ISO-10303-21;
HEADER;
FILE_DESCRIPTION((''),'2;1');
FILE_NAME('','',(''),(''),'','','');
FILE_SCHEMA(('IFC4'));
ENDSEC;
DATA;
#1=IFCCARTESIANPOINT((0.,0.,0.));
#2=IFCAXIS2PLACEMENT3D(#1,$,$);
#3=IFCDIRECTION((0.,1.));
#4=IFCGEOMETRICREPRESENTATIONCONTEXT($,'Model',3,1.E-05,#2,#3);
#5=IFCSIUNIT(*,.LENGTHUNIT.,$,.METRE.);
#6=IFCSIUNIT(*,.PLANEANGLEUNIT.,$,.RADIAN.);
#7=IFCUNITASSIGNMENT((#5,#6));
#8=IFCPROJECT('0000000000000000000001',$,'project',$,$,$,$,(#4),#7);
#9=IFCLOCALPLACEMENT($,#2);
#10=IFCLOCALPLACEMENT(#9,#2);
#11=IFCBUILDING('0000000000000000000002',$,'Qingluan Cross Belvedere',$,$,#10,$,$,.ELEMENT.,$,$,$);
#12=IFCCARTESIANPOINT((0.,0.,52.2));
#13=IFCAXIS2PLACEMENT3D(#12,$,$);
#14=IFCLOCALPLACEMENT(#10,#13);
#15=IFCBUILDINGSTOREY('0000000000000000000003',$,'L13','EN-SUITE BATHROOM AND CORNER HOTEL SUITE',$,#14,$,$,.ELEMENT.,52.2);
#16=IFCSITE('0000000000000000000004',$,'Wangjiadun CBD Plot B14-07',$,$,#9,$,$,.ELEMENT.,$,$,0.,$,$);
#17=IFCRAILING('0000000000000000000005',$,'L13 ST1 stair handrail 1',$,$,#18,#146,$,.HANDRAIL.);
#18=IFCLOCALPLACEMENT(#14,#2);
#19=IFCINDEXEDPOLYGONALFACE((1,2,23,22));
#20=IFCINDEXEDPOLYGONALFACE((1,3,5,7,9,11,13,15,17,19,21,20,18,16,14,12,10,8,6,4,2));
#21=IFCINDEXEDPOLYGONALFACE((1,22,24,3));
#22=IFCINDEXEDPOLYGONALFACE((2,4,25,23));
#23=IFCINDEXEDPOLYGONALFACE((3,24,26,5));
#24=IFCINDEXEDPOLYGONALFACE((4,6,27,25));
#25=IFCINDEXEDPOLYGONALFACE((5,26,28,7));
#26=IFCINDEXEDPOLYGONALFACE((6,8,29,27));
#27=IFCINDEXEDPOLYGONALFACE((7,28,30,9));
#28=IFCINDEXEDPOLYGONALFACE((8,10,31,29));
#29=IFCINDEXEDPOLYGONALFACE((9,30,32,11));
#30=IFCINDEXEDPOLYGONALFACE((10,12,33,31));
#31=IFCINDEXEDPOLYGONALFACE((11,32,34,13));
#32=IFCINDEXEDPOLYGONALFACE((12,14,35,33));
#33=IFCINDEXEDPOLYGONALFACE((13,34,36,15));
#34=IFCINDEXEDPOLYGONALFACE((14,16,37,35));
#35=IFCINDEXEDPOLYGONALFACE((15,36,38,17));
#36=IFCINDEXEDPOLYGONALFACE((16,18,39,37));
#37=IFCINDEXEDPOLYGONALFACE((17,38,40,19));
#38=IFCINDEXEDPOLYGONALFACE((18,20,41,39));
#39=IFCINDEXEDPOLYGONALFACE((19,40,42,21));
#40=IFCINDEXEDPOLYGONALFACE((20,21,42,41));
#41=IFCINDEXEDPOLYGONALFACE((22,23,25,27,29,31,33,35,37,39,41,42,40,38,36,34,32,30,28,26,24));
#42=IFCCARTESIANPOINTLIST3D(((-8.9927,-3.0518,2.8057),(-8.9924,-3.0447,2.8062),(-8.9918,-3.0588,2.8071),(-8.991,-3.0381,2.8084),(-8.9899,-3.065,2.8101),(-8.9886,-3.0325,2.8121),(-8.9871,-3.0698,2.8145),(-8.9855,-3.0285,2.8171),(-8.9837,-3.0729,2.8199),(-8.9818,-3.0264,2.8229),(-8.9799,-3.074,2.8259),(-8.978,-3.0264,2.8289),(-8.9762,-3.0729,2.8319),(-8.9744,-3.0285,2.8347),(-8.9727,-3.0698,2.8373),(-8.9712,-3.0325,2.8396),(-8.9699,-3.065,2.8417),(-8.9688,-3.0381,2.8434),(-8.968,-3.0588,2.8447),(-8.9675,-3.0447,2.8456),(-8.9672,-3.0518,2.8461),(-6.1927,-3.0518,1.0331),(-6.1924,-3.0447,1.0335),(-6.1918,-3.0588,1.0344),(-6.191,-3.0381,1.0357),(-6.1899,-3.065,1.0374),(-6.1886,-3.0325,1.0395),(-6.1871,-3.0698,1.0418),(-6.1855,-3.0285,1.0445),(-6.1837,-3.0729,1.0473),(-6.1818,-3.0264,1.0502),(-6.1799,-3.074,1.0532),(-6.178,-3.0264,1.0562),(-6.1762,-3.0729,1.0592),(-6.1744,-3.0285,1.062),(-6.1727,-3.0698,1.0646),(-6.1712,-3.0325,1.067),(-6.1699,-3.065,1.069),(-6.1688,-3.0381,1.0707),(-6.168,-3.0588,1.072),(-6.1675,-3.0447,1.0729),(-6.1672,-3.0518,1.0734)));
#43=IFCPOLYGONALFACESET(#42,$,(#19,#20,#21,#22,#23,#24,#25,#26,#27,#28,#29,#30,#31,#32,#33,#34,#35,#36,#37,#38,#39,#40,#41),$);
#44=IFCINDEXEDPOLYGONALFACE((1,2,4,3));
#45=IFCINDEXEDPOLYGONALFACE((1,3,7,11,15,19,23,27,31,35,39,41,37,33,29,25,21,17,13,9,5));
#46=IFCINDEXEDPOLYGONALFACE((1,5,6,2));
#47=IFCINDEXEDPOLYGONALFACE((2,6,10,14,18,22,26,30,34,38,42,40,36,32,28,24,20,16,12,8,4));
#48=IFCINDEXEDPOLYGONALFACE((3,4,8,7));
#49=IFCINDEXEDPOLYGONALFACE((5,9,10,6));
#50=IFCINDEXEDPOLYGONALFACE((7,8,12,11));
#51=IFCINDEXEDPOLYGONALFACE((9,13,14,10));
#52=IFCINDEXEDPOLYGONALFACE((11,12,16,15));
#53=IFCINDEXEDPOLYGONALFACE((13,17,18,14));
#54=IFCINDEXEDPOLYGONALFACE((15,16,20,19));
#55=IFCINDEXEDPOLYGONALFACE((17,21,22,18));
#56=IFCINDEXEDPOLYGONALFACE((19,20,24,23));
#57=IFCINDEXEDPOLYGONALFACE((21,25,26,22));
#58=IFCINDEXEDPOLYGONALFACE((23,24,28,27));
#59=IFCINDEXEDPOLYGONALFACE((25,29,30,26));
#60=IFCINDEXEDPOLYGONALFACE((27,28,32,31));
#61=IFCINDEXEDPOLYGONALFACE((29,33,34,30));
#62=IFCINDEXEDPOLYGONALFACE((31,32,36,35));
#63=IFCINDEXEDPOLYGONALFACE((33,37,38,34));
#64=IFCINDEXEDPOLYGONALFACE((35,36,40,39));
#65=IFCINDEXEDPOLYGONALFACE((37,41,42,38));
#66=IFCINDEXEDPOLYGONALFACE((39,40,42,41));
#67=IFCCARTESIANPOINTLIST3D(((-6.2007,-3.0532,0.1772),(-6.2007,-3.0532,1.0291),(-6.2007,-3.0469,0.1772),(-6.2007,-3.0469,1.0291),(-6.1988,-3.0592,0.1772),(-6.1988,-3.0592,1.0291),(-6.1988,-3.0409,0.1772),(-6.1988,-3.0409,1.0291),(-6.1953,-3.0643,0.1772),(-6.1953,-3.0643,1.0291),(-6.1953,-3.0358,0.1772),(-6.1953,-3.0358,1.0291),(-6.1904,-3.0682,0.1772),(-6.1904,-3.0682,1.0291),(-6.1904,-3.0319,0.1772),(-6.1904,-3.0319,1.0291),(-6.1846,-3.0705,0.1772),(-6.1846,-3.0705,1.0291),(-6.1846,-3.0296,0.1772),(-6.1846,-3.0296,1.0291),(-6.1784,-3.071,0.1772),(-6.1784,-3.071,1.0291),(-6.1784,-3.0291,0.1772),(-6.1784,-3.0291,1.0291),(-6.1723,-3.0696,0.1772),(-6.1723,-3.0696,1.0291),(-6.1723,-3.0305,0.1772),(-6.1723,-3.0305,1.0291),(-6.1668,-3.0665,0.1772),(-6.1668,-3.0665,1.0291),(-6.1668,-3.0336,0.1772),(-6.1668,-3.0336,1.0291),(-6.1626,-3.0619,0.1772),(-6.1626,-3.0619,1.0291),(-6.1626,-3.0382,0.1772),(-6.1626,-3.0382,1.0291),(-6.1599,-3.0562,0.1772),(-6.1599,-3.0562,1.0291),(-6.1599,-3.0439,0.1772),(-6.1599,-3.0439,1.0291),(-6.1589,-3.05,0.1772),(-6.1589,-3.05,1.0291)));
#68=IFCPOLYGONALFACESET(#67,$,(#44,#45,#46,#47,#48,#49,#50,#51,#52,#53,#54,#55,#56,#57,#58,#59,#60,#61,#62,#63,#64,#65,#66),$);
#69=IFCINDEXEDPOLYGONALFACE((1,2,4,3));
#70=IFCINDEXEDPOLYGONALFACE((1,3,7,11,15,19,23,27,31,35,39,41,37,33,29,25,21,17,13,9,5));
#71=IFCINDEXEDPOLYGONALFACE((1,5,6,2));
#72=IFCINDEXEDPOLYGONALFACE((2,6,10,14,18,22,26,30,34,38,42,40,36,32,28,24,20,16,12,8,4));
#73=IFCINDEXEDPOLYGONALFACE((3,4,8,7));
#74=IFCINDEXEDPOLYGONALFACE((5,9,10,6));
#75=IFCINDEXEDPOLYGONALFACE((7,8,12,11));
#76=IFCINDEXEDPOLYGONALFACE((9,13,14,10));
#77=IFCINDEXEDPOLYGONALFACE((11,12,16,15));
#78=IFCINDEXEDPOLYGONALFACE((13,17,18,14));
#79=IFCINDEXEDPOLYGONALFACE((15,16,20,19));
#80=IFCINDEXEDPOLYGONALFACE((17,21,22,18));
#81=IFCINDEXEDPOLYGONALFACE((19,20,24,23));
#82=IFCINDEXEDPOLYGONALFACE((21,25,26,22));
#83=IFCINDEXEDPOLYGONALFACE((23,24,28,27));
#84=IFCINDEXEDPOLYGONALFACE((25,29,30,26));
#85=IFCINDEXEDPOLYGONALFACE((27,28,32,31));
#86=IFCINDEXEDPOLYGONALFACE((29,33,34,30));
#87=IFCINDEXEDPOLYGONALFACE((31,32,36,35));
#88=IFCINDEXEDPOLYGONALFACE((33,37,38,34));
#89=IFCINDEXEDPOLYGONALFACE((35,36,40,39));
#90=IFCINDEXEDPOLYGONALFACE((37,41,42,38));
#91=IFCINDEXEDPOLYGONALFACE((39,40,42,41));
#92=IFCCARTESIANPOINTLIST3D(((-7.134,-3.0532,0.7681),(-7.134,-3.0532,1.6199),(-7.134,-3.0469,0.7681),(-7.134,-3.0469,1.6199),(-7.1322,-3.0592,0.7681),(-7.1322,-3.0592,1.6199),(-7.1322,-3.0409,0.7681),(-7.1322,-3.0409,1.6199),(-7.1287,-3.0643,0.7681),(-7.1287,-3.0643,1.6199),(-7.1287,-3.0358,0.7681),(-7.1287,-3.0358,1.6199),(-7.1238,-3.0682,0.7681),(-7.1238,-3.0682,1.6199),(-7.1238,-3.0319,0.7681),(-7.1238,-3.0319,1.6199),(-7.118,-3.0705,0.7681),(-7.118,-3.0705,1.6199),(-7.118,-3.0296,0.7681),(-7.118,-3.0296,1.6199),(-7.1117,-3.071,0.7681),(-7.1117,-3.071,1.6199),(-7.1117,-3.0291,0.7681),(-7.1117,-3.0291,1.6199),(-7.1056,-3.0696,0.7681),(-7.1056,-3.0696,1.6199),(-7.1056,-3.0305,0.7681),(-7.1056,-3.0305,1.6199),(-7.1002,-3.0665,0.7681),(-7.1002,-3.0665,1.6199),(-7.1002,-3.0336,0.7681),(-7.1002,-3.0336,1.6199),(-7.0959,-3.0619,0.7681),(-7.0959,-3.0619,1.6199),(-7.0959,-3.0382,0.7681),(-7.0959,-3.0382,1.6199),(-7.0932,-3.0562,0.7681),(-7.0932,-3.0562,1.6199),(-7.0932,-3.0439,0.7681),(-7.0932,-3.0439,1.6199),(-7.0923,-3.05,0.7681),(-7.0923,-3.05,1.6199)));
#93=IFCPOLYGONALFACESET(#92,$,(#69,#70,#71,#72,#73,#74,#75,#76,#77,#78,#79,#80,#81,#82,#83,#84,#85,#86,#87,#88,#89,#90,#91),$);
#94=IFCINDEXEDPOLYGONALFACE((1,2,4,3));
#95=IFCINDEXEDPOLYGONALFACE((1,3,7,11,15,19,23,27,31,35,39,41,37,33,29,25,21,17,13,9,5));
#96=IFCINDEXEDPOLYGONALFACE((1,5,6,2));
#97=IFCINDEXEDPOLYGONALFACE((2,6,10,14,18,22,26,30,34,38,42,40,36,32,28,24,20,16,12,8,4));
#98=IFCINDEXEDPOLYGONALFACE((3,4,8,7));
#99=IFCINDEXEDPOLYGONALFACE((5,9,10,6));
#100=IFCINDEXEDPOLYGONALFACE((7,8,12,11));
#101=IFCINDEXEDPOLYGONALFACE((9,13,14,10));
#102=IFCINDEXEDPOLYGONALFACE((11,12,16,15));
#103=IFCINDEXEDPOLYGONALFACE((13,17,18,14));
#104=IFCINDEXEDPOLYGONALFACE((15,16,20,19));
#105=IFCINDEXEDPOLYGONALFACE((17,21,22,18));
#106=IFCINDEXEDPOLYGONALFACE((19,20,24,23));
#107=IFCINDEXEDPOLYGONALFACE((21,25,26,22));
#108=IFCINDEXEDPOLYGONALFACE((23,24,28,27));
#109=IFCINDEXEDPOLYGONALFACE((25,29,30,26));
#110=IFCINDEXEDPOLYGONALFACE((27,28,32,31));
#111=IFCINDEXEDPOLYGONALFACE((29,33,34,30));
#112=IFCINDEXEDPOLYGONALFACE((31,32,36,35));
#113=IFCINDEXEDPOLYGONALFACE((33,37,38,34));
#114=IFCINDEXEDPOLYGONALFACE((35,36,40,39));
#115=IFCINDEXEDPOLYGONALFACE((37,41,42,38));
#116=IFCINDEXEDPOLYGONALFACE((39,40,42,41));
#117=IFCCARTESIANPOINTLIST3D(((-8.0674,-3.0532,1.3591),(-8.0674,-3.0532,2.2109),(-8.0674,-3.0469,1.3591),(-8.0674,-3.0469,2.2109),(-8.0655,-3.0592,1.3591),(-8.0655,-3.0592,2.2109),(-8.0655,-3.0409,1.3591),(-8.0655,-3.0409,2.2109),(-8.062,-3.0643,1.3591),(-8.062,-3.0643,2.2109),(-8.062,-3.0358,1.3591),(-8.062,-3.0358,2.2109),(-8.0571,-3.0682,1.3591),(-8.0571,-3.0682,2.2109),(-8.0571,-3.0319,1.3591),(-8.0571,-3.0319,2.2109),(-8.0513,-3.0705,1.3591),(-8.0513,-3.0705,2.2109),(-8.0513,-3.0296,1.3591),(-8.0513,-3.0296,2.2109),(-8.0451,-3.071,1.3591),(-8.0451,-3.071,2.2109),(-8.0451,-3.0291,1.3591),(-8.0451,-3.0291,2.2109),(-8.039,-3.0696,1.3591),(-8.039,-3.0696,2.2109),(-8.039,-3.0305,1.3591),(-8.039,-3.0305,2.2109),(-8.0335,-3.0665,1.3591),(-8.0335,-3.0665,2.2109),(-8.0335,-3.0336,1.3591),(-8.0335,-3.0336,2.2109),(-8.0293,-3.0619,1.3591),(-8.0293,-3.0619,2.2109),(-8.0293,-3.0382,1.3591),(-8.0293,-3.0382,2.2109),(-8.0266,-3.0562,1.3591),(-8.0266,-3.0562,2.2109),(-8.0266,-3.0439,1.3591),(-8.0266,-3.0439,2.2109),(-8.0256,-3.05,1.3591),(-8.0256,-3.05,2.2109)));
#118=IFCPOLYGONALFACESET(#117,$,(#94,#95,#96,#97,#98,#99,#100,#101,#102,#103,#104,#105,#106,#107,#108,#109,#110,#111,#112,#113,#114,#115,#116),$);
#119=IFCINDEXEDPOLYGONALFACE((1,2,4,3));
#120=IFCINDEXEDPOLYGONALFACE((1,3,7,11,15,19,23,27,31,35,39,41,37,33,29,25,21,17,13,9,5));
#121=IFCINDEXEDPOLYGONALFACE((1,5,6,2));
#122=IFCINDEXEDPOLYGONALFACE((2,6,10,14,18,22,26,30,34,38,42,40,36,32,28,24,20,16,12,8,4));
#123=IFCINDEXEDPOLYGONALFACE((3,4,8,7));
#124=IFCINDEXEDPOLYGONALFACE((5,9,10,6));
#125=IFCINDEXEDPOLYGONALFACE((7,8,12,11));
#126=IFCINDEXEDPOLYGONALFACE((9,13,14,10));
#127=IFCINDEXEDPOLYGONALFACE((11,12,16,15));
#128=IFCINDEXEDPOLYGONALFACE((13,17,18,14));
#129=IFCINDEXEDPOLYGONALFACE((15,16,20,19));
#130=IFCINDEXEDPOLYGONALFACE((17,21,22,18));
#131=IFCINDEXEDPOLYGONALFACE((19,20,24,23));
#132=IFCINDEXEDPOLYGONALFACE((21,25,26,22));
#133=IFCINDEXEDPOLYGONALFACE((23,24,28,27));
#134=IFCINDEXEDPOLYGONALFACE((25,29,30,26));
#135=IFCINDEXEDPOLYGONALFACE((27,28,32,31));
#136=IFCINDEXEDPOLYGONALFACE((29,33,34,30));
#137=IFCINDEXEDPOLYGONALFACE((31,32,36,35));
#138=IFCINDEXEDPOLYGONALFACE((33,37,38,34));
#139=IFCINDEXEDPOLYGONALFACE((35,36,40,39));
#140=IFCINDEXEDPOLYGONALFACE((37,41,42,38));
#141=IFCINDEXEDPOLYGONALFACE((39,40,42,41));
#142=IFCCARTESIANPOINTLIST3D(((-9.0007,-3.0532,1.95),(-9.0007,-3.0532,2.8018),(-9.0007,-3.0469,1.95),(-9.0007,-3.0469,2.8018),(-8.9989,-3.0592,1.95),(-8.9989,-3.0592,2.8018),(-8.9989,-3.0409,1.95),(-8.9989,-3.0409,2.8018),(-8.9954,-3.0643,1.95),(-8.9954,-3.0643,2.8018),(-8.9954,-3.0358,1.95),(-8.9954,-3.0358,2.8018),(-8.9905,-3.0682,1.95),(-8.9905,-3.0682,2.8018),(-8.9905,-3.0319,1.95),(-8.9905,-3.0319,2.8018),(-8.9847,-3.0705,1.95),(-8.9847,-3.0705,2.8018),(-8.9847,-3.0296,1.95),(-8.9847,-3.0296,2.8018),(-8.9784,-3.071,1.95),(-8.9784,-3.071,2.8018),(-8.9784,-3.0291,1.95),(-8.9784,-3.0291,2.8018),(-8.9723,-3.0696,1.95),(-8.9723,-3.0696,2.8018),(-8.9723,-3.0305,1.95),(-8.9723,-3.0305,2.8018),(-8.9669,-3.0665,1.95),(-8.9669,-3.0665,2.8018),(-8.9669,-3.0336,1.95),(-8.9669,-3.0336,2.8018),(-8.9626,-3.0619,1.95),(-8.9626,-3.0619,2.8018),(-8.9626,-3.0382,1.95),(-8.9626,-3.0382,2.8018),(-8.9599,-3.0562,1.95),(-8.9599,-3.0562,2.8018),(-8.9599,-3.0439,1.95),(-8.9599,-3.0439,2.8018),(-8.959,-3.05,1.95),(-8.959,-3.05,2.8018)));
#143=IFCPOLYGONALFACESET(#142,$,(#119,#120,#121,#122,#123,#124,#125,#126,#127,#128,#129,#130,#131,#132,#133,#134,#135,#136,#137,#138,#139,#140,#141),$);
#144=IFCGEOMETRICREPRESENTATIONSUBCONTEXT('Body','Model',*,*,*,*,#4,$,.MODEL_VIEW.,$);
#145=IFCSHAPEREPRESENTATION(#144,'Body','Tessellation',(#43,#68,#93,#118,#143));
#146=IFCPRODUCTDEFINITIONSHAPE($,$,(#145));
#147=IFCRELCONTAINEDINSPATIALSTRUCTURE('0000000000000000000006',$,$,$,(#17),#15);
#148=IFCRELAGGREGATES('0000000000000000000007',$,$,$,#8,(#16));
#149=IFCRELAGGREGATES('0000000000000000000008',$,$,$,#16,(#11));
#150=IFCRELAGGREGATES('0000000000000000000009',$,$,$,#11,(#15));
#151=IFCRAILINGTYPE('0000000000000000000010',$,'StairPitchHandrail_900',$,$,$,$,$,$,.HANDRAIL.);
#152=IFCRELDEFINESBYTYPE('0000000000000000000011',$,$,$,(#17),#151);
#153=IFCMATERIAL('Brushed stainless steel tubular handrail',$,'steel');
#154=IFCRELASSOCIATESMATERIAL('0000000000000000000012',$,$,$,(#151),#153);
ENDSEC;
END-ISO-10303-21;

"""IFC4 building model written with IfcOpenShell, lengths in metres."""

from ifc_helpers import new_model, si_unit, direction, frame, origin, origin_2d, place, context, subcontext, project, spatial, circle, extrude, material, type_object, element, save


model = new_model("IFC4")

# Units and contexts
model_context = context("Model", 3, precision=1e-05, world=origin(), true_north=direction((0.0, 1.0)))
body_context = subcontext(model_context, "Body", "Model", "MODEL_VIEW")
ifc_project = project(units=[si_unit("LENGTHUNIT", "METRE"), si_unit("PLANEANGLEUNIT", "RADIAN")], contexts=[model_context])

# Site, building, storey
site_placement = place(None, origin())
site = spatial("IfcSite", under=ifc_project, at=site_placement, Name="Wangjiadun CBD Plot B14-07", CompositionType="ELEMENT", RefElevation=0.0)
building_placement = place(site_placement, origin())
building = spatial("IfcBuilding", under=site, at=building_placement, Name="Qingluan Cross Belvedere", CompositionType="ELEMENT")
storey_placement = place(building_placement, frame((0.0, 0.0, 52.2)))
storey = spatial("IfcBuildingStorey", under=building, at=storey_placement, Name="L13", Description="EN-SUITE BATHROOM AND CORNER HOTEL SUITE", CompositionType="ELEMENT", Elevation=52.2)

# Railing
ifc_material_1 = material(Name="Brushed stainless steel tubular handrail", Category="steel")
railing_type_1 = type_object("IfcRailingType", Name="StairPitchHandrail_900", PredefinedType="HANDRAIL", material=ifc_material_1)
railing_1_placement = place(storey_placement, frame((-6.1799, -3.05, 0.1772)))
element("IfcRailing", 1, at=railing_1_placement, inside=storey, type_object=railing_type_1, Name="L13 ST1 stair handrail 1", PredefinedType="HANDRAIL", context=body_context, shape_type="SweptSolid", body=[
    extrude(circle(Radius=0.0239, at=origin_2d()), frame((0.0, 0.0, 0.876), z_axis=(-0.844909, 0.0, 0.53491), x_axis=(0.0, -1.0, 0.0)), (0.0, 0.0, 1.0), 3.314),
    extrude(circle(Radius=0.021, at=origin_2d()), origin(), (0.0, 0.0, 1.0), 0.8518),
    extrude(circle(Radius=0.021, at=origin_2d()), frame((-0.9333, 0.0, 0.5908)), (0.0, 0.0, 1.0), 0.8518),
    extrude(circle(Radius=0.021, at=origin_2d()), frame((-1.8667, 0.0, 1.1819)), (0.0, 0.0, 1.0), 0.8518),
    extrude(circle(Radius=0.021, at=origin_2d()), frame((-2.8, 0.0, 1.7727)), (0.0, 0.0, 1.0), 0.8518),
])

save(model, "model.ifc")
